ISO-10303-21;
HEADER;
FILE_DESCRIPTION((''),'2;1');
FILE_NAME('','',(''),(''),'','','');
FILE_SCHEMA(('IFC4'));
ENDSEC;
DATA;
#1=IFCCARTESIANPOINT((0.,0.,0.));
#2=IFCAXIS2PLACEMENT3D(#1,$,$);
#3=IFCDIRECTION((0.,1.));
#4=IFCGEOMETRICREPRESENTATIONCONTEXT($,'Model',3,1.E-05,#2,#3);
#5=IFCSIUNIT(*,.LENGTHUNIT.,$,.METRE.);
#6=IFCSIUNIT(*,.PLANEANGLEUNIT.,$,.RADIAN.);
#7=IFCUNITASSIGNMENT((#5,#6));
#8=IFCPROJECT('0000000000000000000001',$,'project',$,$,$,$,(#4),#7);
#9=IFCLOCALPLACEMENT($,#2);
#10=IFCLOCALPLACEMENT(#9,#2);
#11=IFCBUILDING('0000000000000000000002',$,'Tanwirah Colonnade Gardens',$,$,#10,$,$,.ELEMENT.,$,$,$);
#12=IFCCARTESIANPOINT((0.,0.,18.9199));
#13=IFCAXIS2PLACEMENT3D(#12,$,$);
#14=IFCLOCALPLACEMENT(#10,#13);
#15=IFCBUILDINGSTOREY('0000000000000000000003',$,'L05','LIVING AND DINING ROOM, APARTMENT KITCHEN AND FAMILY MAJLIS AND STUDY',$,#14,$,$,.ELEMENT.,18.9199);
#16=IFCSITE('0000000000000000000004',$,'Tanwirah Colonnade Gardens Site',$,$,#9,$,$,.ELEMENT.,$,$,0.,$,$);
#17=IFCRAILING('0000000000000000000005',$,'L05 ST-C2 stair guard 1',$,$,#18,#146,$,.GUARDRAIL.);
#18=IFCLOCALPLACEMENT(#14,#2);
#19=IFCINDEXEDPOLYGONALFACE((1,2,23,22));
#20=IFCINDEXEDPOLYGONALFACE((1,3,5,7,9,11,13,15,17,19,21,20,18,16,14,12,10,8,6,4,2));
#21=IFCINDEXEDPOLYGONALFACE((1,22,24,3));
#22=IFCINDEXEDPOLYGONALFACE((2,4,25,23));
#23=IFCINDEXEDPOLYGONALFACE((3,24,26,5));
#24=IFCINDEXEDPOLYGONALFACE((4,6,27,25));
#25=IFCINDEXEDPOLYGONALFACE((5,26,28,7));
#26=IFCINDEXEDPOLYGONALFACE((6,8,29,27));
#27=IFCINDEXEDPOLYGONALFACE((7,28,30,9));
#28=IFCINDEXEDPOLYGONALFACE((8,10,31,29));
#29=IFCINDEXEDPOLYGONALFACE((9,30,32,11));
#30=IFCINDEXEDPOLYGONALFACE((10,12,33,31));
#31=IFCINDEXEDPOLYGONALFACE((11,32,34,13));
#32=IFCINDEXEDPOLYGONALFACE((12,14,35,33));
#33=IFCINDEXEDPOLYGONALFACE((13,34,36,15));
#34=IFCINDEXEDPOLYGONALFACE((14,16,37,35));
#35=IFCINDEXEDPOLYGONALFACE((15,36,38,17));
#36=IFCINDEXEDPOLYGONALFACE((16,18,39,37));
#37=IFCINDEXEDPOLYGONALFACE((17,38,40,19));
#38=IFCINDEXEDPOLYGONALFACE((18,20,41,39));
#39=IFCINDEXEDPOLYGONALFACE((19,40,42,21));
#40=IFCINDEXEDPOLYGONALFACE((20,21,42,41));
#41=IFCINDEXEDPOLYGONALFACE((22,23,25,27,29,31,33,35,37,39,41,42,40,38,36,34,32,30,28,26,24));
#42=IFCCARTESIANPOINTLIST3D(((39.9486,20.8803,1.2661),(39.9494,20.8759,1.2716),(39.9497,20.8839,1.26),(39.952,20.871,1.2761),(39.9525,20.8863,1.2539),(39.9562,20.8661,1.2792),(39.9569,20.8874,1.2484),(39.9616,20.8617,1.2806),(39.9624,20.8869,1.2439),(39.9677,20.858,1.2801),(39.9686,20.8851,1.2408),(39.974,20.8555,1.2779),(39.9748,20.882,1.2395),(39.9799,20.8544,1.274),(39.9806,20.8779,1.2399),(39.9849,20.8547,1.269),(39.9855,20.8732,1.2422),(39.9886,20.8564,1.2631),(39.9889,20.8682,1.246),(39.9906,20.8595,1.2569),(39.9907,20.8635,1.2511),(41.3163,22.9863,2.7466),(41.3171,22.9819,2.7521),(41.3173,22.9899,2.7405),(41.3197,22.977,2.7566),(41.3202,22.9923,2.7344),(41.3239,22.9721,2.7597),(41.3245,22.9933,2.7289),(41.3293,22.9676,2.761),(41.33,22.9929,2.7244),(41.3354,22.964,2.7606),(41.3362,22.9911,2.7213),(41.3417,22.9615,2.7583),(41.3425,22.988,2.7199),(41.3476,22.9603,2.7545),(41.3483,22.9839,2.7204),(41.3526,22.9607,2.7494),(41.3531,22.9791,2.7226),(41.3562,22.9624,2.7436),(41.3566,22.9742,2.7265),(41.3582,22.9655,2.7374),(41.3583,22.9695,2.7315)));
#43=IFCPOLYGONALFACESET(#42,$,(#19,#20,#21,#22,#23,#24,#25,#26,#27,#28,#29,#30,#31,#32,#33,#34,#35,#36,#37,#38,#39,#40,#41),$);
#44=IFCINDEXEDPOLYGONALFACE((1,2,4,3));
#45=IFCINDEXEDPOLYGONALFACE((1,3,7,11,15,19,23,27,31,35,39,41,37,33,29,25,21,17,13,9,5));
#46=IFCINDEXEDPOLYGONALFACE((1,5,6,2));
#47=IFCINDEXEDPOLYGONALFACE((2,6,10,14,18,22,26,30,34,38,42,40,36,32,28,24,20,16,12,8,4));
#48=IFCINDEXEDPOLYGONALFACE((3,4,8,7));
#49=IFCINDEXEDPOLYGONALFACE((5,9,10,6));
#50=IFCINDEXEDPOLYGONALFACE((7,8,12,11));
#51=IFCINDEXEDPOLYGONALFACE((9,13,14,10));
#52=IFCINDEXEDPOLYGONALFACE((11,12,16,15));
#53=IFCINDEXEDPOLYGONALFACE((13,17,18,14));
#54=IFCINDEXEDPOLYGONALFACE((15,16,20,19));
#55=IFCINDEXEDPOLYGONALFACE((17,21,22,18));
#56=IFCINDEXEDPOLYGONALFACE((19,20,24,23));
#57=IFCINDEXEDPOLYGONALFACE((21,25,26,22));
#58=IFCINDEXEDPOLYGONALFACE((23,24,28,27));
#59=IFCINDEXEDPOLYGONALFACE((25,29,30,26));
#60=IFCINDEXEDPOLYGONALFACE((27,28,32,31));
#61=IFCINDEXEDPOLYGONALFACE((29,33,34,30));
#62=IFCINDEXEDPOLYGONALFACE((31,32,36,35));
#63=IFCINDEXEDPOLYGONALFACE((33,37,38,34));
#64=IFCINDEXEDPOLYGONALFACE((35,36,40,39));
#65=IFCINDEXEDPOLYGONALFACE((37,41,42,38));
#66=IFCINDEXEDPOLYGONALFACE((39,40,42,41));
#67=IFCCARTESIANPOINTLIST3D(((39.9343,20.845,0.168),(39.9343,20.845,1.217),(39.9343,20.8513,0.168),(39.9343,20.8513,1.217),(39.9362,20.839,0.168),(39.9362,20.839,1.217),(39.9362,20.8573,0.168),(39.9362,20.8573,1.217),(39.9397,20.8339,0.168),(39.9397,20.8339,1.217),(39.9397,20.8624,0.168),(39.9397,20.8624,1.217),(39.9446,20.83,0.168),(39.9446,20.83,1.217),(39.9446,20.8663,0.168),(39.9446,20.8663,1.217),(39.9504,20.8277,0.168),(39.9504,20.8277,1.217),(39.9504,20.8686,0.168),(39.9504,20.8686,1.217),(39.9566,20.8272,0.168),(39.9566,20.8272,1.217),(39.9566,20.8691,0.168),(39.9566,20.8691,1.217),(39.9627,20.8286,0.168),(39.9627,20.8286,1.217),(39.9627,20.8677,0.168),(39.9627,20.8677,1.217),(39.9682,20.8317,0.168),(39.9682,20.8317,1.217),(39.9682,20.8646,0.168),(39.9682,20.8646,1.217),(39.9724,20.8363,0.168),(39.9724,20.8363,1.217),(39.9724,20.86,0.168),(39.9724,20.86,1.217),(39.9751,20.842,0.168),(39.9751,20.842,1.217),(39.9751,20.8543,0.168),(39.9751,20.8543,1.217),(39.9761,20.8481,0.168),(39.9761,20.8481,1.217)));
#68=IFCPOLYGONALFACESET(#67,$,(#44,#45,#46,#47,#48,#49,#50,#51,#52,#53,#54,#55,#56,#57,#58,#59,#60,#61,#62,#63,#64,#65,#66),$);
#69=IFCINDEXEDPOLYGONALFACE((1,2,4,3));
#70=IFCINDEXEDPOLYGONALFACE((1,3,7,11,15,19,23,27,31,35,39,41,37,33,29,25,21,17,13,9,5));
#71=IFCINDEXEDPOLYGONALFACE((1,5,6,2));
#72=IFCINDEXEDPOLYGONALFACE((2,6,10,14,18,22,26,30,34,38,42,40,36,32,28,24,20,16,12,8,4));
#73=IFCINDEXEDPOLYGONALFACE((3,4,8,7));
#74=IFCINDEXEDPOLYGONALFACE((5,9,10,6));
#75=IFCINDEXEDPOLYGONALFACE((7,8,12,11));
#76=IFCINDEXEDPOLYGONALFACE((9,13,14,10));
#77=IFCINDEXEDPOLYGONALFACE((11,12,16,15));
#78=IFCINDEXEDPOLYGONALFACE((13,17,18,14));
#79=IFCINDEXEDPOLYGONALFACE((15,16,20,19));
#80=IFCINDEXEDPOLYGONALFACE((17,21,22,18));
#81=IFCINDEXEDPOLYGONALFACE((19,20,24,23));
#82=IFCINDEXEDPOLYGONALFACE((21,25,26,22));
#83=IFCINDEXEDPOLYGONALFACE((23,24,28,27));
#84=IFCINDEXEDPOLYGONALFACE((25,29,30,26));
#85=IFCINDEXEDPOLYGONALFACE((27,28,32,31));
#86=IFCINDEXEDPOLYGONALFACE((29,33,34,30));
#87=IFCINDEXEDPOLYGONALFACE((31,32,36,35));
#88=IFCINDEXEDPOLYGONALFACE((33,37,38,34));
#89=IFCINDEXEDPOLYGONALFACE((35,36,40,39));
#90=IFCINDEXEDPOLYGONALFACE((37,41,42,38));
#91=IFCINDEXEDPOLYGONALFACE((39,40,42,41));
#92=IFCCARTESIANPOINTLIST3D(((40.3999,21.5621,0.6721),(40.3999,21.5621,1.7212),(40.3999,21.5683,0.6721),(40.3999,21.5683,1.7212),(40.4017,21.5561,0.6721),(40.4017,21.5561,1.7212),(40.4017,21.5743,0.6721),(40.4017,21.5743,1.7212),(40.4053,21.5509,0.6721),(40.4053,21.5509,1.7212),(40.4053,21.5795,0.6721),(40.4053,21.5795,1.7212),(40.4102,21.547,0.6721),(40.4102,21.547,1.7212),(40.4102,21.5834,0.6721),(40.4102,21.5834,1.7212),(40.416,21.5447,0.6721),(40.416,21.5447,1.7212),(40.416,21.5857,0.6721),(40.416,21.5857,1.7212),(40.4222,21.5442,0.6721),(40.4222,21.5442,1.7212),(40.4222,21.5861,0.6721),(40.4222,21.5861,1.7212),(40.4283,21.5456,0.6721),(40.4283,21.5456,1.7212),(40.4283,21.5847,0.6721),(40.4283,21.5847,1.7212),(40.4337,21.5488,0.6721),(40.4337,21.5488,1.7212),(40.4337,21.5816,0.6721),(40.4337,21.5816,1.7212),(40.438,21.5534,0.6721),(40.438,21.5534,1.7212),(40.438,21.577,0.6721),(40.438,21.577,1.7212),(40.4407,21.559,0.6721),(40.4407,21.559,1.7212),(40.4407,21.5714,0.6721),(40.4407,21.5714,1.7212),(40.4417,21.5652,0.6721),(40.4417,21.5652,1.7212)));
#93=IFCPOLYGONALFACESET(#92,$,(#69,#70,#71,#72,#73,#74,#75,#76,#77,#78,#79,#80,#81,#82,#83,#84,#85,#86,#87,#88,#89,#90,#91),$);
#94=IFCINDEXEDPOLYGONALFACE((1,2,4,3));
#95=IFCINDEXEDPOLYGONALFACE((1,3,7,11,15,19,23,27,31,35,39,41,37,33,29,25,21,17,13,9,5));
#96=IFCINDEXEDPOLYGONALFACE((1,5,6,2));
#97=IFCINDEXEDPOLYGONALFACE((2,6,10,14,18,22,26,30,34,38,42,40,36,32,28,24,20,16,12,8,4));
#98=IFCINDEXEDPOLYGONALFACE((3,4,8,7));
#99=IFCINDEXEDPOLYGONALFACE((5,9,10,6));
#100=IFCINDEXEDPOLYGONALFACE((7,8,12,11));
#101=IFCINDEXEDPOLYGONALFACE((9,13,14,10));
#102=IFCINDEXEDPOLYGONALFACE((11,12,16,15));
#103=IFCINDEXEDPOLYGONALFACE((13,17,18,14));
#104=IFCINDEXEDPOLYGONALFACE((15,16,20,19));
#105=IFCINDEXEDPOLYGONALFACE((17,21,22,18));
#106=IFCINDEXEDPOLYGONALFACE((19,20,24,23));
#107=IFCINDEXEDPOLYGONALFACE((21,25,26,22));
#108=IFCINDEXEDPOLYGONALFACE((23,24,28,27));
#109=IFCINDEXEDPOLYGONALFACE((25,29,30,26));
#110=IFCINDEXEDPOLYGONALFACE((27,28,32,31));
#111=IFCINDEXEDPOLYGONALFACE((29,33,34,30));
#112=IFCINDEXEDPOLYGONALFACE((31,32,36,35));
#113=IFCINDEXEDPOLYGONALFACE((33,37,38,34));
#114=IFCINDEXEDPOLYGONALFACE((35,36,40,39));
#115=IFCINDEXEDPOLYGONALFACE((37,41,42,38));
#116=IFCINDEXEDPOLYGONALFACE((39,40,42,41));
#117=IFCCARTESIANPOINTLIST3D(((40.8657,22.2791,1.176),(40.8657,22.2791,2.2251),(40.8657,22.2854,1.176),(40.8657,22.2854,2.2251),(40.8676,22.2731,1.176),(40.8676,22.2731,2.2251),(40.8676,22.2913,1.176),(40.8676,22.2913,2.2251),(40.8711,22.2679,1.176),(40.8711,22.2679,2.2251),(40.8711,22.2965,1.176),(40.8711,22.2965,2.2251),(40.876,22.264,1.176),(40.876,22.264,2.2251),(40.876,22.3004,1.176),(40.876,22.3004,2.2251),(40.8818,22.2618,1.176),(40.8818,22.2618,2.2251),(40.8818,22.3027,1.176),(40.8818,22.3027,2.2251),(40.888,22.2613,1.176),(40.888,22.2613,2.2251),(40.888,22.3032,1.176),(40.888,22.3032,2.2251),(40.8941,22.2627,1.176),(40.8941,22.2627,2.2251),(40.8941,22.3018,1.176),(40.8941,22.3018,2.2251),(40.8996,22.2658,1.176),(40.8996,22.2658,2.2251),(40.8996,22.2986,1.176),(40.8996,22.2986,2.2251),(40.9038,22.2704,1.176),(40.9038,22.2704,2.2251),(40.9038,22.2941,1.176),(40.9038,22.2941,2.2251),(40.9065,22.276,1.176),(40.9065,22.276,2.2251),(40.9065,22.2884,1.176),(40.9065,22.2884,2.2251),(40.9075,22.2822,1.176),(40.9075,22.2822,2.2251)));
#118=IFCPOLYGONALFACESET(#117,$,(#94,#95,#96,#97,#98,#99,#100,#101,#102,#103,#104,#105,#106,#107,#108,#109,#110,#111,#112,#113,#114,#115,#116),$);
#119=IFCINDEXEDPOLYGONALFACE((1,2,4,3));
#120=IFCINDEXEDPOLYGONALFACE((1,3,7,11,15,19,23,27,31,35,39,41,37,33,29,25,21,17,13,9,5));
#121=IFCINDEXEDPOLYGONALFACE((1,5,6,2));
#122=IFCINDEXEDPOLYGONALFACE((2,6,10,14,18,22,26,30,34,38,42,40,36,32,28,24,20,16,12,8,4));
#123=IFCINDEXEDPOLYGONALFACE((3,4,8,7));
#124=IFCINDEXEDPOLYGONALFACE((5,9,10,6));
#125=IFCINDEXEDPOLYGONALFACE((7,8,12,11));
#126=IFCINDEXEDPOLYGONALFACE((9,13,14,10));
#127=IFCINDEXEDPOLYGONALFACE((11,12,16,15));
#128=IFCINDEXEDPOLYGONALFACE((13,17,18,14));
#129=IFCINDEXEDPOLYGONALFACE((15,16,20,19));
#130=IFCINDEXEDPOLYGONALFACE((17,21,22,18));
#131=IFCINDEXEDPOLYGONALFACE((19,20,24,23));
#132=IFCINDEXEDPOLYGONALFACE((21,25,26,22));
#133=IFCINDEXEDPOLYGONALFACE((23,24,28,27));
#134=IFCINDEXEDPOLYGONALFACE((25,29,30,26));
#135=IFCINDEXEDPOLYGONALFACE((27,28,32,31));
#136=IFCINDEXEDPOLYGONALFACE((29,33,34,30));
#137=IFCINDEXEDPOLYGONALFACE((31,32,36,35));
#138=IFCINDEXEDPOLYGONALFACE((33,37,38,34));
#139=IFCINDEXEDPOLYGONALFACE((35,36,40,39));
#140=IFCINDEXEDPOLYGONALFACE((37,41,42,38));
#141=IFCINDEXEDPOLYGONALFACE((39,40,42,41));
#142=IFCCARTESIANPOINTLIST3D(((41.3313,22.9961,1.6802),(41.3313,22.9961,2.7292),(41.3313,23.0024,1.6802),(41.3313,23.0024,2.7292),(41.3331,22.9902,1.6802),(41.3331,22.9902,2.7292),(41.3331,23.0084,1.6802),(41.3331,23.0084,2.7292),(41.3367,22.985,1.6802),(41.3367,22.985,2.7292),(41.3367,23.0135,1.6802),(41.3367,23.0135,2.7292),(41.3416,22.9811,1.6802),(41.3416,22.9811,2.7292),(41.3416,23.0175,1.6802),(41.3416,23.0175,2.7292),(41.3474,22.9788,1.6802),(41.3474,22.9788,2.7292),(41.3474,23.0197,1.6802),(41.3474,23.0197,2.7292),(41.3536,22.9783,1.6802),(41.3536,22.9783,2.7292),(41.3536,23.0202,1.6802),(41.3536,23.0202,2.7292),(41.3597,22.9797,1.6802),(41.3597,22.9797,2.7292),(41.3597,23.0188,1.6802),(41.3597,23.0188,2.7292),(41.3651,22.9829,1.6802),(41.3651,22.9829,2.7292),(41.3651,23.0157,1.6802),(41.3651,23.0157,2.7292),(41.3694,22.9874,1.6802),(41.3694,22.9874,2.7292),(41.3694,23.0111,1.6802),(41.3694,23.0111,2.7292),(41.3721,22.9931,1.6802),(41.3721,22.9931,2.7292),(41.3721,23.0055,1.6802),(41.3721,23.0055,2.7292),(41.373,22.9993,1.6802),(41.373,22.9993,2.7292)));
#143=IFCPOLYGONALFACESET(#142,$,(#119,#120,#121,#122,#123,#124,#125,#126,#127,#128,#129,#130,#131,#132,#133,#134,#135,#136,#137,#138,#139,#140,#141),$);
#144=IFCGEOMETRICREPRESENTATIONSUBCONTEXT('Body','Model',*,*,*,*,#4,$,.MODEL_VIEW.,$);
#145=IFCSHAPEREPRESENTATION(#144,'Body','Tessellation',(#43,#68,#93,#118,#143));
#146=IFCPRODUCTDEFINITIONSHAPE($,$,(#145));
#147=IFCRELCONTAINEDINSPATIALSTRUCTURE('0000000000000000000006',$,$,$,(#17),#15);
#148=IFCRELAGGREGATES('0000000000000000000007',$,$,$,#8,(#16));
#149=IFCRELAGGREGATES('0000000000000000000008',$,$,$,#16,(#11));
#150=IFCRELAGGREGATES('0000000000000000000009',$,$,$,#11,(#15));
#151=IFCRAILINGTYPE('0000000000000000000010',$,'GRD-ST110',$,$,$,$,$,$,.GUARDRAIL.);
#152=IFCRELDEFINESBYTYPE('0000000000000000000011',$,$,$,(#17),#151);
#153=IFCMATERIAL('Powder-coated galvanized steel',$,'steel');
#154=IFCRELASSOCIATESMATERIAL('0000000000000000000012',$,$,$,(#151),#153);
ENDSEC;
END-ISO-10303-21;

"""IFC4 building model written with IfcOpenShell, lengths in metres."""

from ifc_helpers import new_model, si_unit, direction, frame, origin, origin_2d, place, context, subcontext, project, spatial, circle, extrude, material, type_object, element, save


model = new_model("IFC4")

# Units and contexts
model_context = context("Model", 3, precision=1e-05, world=origin(), true_north=direction((0.0, 1.0)))
body_context = subcontext(model_context, "Body", "Model", "MODEL_VIEW")
ifc_project = project(units=[si_unit("LENGTHUNIT", "METRE"), si_unit("PLANEANGLEUNIT", "RADIAN")], contexts=[model_context])

# Site, building, storey
site_placement = place(None, origin())
site = spatial("IfcSite", under=ifc_project, at=site_placement, Name="Tanwirah Colonnade Gardens Site", CompositionType="ELEMENT", RefElevation=0.0)
building_placement = place(site_placement, origin())
building = spatial("IfcBuilding", under=site, at=building_placement, Name="Tanwirah Colonnade Gardens", CompositionType="ELEMENT")
storey_placement = place(building_placement, frame((0.0, 0.0, 18.9199)))
storey = spatial("IfcBuildingStorey", under=building, at=storey_placement, Name="L05", Description="LIVING AND DINING ROOM, APARTMENT KITCHEN AND FAMILY MAJLIS AND STUDY", CompositionType="ELEMENT", Elevation=18.9199)

# Railing
ifc_material_1 = material(Name="Powder-coated galvanized steel", Category="steel")
railing_type_1 = type_object("IfcRailingType", Name="GRD-ST110", PredefinedType="GUARDRAIL", material=ifc_material_1)
railing_1_placement = place(storey_placement, frame((39.9551, 20.8481, 0.168)))
element("IfcRailing", 1, at=railing_1_placement, inside=storey, type_object=railing_type_1, Name="L05 ST-C2 stair guard 1", PredefinedType="GUARDRAIL", context=body_context, shape_type="SweptSolid", body=[
    extrude(circle(Radius=0.0239, at=origin_2d()), frame((0.0146, 0.0227, 1.092), z_axis=(0.469173, 0.722454, 0.507874), x_axis=(-0.838668, 0.544644, 0.0)), (0.0, 0.0, 1.0), 2.915),
    extrude(circle(Radius=0.021, at=origin_2d()), origin(), (0.0, 0.0, 1.0), 1.0491),
    extrude(circle(Radius=0.021, at=origin_2d()), frame((0.4656, 0.717, 0.5042)), (0.0, 0.0, 1.0), 1.0491),
    extrude(circle(Radius=0.021, at=origin_2d()), frame((0.9314, 1.4341, 1.0081)), (0.0, 0.0, 1.0), 1.0491),
    extrude(circle(Radius=0.021, at=origin_2d()), frame((1.397, 2.1511, 1.5122)), (0.0, 0.0, 1.0), 1.0491),
])

save(model, "model.ifc")
